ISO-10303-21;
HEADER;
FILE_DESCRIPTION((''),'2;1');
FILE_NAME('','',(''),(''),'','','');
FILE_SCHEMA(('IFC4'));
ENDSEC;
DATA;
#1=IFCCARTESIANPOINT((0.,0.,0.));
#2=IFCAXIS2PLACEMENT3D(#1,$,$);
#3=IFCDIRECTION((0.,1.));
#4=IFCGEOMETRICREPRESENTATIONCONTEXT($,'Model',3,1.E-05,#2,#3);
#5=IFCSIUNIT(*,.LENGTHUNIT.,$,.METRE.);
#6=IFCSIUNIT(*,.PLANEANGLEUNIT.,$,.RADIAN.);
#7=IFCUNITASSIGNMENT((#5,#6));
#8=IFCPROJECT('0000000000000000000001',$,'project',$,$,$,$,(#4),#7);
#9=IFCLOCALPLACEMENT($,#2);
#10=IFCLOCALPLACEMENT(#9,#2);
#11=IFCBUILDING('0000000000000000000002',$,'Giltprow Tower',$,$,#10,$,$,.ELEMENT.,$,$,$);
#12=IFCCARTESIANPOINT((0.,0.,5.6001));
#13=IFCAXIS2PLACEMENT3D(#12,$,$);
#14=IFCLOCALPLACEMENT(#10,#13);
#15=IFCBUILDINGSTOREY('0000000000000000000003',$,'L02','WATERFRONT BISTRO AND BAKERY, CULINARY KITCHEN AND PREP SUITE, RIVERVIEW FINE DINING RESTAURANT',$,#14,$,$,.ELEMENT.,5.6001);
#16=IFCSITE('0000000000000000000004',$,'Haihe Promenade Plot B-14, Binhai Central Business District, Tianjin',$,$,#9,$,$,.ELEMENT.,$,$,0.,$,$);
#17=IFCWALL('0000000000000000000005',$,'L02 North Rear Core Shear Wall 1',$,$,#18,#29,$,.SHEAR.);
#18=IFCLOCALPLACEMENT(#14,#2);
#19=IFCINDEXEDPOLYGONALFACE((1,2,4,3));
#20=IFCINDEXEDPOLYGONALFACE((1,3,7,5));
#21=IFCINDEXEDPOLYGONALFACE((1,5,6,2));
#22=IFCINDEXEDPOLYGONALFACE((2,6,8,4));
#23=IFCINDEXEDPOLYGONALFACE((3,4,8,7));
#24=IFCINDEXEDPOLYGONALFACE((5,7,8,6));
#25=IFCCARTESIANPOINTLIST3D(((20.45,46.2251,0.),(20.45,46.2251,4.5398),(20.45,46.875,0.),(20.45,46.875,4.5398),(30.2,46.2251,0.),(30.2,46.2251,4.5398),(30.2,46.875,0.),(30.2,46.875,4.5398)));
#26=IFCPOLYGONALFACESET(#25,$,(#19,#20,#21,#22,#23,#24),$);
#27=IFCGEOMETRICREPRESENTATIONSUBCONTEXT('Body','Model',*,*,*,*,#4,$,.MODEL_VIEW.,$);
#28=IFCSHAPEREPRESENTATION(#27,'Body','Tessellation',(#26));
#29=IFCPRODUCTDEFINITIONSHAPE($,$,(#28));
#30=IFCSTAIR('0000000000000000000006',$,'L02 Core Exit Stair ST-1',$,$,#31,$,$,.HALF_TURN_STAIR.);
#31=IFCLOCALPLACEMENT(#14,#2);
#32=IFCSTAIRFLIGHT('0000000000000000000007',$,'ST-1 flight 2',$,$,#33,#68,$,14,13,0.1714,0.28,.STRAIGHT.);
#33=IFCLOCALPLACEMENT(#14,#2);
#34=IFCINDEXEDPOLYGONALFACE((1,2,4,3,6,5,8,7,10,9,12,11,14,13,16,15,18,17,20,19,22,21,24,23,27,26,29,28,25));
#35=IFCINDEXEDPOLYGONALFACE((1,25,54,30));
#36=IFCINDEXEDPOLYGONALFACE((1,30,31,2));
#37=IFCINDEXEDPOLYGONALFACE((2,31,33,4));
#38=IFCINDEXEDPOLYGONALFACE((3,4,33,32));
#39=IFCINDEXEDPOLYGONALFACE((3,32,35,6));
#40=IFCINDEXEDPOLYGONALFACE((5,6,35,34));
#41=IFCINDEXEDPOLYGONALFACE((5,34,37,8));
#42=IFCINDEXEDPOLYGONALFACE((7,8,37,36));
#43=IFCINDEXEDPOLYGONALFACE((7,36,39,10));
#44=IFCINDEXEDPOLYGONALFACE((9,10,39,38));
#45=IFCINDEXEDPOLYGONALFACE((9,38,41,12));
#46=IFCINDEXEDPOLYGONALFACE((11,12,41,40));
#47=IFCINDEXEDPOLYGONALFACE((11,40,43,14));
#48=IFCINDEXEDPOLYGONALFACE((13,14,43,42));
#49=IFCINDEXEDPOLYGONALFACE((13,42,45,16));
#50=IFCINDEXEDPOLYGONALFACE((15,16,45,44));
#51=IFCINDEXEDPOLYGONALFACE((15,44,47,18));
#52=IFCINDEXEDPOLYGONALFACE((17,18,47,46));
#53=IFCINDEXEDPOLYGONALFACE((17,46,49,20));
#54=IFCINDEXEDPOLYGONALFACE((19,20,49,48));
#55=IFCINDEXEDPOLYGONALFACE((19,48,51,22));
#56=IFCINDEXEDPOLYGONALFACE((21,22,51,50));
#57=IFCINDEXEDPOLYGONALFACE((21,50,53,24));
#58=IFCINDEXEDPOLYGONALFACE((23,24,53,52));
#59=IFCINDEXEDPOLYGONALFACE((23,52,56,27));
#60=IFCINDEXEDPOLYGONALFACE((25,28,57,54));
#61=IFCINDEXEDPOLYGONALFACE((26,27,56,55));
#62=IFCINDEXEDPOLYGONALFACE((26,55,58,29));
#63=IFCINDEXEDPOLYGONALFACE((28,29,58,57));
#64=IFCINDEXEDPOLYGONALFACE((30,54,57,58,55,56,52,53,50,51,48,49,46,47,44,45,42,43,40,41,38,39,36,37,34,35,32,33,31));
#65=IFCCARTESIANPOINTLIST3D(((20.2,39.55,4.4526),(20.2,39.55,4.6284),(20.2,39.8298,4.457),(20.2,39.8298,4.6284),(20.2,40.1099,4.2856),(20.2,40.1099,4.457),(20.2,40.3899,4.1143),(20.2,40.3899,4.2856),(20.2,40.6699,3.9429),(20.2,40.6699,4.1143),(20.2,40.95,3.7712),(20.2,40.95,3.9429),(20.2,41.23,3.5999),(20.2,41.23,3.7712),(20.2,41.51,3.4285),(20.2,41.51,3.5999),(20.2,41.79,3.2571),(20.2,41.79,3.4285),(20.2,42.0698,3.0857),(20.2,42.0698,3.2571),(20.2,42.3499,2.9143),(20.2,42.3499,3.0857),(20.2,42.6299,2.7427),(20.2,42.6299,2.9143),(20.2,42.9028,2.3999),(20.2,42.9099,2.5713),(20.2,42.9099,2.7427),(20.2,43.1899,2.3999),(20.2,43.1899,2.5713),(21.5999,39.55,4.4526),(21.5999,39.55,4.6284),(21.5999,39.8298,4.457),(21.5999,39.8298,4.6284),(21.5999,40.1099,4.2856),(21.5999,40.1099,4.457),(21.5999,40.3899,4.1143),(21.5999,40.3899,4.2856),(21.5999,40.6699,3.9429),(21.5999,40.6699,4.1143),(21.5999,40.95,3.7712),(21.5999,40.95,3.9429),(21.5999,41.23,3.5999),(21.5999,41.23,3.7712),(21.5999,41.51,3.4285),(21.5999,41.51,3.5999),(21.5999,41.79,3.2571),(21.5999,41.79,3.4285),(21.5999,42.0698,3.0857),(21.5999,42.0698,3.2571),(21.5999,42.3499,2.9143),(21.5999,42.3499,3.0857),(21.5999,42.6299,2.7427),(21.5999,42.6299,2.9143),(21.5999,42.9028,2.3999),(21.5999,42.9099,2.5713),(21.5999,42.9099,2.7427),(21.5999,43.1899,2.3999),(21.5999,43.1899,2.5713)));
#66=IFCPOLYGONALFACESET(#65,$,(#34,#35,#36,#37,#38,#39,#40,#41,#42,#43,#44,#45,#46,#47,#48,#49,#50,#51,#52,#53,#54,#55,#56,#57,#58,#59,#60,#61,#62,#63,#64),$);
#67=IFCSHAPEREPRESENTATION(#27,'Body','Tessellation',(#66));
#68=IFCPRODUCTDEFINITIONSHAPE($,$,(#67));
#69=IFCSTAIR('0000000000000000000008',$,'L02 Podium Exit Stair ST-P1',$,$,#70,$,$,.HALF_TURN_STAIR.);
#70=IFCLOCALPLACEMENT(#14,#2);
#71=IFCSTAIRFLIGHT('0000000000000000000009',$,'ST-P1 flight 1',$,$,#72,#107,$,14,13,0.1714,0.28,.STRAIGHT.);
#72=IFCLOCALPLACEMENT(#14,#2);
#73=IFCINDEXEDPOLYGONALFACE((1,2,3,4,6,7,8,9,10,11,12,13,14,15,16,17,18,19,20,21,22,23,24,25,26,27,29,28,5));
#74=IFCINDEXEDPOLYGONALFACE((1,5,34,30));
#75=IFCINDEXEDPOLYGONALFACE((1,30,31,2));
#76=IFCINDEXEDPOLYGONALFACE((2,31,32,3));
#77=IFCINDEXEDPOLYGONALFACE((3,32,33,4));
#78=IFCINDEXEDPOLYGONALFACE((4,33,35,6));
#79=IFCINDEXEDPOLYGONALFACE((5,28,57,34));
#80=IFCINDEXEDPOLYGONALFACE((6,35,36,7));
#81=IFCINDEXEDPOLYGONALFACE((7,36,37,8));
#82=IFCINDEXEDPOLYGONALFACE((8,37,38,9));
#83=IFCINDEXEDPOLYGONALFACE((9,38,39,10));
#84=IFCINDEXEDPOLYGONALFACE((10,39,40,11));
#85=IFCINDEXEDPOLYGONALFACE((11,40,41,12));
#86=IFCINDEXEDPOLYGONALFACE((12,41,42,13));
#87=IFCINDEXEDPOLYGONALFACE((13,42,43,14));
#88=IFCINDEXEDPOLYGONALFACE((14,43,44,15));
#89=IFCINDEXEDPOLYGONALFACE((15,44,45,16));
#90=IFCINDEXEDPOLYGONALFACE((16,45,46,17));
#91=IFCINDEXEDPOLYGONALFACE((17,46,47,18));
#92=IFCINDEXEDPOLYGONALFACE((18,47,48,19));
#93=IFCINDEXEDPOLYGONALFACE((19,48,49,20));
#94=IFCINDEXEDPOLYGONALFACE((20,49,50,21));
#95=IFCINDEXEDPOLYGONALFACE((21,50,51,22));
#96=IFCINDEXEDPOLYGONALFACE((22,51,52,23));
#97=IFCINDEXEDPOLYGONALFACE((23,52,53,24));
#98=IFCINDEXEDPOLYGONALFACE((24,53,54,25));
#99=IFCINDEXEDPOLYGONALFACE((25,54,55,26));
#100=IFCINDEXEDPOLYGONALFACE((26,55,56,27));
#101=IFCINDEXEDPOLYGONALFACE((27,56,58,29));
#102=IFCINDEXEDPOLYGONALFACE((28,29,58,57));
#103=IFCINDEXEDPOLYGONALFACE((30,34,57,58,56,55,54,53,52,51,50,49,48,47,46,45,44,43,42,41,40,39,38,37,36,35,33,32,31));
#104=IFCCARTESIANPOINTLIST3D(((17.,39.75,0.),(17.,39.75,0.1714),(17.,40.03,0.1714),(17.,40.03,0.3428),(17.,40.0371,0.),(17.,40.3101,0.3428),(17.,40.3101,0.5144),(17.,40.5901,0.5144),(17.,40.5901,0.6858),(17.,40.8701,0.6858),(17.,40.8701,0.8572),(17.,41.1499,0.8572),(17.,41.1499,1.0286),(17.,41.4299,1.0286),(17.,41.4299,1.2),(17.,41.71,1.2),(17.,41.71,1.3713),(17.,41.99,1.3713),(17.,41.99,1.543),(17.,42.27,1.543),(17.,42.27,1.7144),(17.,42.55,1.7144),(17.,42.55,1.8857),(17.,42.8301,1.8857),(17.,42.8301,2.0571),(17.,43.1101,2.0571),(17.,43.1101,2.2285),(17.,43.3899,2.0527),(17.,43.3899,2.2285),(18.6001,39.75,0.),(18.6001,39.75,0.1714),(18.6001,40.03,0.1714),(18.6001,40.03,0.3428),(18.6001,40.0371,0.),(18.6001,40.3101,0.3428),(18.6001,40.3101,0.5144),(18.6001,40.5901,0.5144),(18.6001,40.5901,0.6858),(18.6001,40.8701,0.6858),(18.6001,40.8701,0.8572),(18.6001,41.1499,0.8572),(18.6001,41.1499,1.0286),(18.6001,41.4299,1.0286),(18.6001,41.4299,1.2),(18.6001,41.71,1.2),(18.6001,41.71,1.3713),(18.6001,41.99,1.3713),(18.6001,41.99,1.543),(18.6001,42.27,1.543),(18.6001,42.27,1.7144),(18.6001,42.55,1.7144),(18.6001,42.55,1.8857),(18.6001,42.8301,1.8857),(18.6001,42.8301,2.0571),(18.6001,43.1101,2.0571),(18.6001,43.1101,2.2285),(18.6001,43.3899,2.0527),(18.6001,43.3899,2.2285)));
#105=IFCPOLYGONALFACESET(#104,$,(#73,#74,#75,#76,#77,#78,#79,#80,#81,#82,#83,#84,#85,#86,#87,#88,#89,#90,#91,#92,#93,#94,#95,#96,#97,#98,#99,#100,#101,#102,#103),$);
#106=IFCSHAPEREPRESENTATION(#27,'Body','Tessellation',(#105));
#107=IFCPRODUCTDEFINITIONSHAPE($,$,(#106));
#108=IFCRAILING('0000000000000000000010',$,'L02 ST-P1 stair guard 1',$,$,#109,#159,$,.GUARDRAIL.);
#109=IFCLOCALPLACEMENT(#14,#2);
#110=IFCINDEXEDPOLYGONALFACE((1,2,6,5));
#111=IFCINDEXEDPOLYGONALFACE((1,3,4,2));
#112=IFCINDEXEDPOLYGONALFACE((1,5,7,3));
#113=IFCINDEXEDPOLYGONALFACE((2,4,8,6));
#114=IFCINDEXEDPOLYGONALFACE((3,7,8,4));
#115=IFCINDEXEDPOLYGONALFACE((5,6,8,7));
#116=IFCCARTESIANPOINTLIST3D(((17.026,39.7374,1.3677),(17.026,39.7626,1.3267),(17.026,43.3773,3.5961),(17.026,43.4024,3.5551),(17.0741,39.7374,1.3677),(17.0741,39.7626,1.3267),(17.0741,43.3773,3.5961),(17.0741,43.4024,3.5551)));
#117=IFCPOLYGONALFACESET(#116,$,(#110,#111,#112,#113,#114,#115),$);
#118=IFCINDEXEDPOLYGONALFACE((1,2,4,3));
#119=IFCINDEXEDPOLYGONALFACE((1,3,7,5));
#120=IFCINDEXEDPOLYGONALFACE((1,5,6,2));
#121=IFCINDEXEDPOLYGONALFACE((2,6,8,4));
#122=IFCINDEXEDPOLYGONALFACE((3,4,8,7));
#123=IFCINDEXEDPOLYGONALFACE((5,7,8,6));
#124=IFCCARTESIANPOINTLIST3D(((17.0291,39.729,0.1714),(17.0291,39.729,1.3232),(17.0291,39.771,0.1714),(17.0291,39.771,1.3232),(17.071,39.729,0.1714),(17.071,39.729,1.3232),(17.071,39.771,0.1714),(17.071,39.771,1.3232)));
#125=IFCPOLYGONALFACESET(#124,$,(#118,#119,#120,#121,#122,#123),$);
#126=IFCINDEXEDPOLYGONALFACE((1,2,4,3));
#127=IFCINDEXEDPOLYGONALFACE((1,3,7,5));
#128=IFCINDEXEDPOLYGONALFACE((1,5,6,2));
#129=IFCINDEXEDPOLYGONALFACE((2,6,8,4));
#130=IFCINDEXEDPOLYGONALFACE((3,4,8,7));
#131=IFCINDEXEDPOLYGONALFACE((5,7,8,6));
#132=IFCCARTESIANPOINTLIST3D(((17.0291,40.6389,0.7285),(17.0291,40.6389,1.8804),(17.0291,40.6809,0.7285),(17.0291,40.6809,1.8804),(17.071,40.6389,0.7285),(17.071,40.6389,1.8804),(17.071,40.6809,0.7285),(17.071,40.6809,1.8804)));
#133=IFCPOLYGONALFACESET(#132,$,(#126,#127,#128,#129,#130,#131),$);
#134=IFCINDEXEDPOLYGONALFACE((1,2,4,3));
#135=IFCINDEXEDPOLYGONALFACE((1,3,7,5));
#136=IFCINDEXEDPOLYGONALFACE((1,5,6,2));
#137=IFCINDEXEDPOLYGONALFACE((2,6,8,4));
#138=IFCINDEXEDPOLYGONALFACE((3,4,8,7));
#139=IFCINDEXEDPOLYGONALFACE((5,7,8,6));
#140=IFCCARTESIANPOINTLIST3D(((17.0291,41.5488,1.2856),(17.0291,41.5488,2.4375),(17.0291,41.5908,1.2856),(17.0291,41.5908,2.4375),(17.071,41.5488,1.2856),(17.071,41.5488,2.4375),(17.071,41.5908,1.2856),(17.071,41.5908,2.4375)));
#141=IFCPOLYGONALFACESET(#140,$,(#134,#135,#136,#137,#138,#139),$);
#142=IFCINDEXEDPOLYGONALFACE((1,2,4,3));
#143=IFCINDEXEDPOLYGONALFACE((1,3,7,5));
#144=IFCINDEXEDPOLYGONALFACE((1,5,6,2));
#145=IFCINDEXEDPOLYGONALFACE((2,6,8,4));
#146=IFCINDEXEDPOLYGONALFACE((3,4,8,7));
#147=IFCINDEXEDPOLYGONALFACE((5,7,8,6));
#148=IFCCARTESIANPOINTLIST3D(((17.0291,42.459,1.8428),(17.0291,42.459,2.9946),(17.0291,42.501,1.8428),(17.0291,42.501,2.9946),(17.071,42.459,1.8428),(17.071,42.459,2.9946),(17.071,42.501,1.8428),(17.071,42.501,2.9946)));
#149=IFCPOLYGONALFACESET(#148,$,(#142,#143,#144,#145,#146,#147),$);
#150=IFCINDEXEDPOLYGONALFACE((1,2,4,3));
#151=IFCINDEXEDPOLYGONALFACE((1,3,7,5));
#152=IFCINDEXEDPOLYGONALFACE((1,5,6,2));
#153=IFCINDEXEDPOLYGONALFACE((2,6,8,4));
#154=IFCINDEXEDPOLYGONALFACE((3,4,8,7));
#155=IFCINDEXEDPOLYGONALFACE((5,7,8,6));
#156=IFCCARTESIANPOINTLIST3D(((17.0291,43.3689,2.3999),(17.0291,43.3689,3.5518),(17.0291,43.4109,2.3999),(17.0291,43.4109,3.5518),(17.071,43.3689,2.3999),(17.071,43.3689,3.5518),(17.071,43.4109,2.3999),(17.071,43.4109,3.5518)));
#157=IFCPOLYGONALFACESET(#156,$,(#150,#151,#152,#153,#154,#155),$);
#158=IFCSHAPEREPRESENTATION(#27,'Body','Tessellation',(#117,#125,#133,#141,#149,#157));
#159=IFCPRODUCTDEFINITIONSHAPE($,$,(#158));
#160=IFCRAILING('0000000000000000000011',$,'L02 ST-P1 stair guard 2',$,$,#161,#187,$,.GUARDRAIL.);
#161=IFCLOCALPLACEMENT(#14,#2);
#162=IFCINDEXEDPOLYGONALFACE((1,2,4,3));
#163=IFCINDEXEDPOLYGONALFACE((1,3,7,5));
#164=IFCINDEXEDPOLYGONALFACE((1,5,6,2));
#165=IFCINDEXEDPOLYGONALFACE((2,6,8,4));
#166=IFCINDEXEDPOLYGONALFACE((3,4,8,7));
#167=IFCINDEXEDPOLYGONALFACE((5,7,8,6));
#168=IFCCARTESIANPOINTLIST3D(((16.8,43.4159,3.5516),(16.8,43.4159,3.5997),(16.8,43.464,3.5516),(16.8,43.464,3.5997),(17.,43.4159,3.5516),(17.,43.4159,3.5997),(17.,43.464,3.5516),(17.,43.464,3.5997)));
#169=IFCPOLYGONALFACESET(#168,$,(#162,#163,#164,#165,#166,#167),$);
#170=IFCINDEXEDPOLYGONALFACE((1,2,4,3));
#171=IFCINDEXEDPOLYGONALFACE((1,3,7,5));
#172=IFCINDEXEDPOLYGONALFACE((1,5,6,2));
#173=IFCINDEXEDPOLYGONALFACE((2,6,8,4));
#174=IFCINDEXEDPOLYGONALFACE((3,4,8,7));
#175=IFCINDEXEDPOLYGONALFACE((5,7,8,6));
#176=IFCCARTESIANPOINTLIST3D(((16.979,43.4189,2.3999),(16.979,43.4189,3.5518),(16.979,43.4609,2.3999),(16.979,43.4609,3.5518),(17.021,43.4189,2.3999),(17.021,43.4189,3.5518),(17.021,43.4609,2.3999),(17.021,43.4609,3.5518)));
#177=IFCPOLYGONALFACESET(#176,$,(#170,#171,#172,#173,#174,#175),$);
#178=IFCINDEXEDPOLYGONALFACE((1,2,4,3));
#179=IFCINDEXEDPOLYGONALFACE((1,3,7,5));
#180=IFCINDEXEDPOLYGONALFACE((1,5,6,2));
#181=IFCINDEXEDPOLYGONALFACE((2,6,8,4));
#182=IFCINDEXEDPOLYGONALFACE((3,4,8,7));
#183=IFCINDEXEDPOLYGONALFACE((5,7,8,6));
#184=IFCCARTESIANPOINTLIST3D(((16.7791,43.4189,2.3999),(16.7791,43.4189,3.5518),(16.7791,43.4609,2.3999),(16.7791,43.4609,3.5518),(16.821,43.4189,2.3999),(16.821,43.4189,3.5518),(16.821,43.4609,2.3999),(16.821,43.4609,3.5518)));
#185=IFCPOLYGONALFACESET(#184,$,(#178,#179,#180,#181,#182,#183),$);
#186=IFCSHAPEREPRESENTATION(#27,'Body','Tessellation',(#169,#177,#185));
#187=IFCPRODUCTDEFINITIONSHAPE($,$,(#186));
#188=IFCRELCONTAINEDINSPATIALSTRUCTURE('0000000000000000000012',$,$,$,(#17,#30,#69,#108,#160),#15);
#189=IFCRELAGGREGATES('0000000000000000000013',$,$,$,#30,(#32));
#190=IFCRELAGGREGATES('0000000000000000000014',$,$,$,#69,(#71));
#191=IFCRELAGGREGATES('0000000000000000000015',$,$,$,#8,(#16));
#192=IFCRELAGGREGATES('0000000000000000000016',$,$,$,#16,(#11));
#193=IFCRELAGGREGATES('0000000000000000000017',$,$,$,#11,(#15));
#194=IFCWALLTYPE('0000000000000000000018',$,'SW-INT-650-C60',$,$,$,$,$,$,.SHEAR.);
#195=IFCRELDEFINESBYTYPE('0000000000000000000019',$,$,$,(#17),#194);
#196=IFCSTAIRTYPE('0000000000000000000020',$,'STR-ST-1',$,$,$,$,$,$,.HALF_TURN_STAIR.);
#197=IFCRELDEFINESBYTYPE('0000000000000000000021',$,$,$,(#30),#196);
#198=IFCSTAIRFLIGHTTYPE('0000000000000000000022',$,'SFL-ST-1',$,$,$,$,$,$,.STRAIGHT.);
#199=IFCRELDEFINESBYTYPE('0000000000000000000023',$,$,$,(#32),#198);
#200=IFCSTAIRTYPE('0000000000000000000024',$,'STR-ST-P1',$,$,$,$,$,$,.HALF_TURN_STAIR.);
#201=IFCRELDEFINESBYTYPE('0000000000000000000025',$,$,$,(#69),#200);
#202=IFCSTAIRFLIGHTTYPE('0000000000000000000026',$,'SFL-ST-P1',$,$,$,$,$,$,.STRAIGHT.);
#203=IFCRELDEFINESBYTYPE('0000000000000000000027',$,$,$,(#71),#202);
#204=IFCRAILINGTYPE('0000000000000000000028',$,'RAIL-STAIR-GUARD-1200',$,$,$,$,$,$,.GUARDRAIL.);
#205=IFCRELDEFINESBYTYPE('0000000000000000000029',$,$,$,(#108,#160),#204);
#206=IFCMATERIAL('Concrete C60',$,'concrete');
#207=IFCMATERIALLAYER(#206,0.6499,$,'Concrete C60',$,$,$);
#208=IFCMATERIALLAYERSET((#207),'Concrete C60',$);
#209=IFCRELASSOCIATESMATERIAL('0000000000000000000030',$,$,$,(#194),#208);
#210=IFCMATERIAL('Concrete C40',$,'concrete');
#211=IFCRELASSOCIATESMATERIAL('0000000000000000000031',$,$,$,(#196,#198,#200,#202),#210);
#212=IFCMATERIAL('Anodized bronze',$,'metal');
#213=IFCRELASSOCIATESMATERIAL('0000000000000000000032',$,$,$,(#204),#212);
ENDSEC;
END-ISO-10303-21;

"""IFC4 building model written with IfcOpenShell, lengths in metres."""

from ifc_helpers import new_model, si_unit, direction, frame, frame_2d, origin, origin_2d, place, context, subcontext, project, spatial, polyline, rectangle, outline, extrude, material, layer, layer_set, type_object, element, aggregate, save


model = new_model("IFC4")

# Units and contexts
model_context = context("Model", 3, precision=1e-05, world=origin(), true_north=direction((0.0, 1.0)))
body_context = subcontext(model_context, "Body", "Model", "MODEL_VIEW")
ifc_project = project(units=[si_unit("LENGTHUNIT", "METRE"), si_unit("PLANEANGLEUNIT", "RADIAN")], contexts=[model_context])

# Site, building, storey
site_placement = place(None, origin())
site = spatial("IfcSite", under=ifc_project, at=site_placement, Name="Haihe Promenade Plot B-14, Binhai Central Business District, Tianjin", CompositionType="ELEMENT", RefElevation=0.0)
building_placement = place(site_placement, origin())
building = spatial("IfcBuilding", under=site, at=building_placement, Name="Giltprow Tower", CompositionType="ELEMENT")
storey_placement = place(building_placement, frame((0.0, 0.0, 5.6001)))
storey = spatial("IfcBuildingStorey", under=building, at=storey_placement, Name="L02", Description="WATERFRONT BISTRO AND BAKERY, CULINARY KITCHEN AND PREP SUITE, RIVERVIEW FINE DINING RESTAURANT", CompositionType="ELEMENT", Elevation=5.6001)

# Shared definitions
ifc_material_1 = material(Name="Concrete C60", Category="concrete")

# Wall
ifc_material_2 = material(Name="Concrete C40", Category="concrete")
ifc_layer_1 = layer(ifc_material_1, 0.6499, Name="Concrete C60")
ifc_layer_set_1 = layer_set([ifc_layer_1], Name="Concrete C60")
wall_type_1 = type_object("IfcWallType", Name="SW-INT-650-C60", PredefinedType="SHEAR", material=ifc_layer_set_1)
wall_1_placement = place(storey_placement, frame((20.45, 46.55, 0.0), z_axis=(0.0, 0.0, 1.0), x_axis=(1.0, 0.0, 0.0)))
element("IfcWall", 1, at=wall_1_placement, inside=storey, type_object=wall_type_1, Name="L02 North Rear Core Shear Wall 1", PredefinedType="SHEAR", context=body_context, shape_type="SweptSolid", body=[
    extrude(rectangle(XDim=9.75, YDim=0.6499, at=frame_2d((4.875, 0.0))), origin(), (0.0, 0.0, 1.0), 4.5398),
])

# Stairs, stair flights
stair_type_1 = type_object("IfcStairType", Name="STR-ST-1", PredefinedType="HALF_TURN_STAIR", material=ifc_material_2)
stair_1_placement = place(storey_placement, origin())
stair_1 = element("IfcStair", 2, at=stair_1_placement, inside=storey, type_object=stair_type_1, Name="L02 Core Exit Stair ST-1", PredefinedType="HALF_TURN_STAIR")
stair_flight_type_1 = type_object("IfcStairFlightType", Name="SFL-ST-1", PredefinedType="STRAIGHT", material=ifc_material_2)
stair_flight_1_placement = place(storey_placement, frame((20.8999, 43.1899, 2.3999), z_axis=(0.0, 0.0, 1.0), x_axis=(0.0, -1.0, 0.0)))
stair_flight_1 = element("IfcStairFlight", 3, at=stair_flight_1_placement, type_object=stair_flight_type_1, Name="ST-1 flight 2", NumberOfRisers=14, NumberOfTreads=13, PredefinedType="STRAIGHT", RiserHeight=0.1714, TreadLength=0.28, context=body_context, shape_type="SweptSolid", body=[
    extrude(outline(polyline([(0.0, 0.0), (0.0, 0.1714), (0.28, 0.1714), (0.28, 0.3428), (0.5601, 0.3428), (0.5601, 0.5144), (0.8401, 0.5144), (0.8401, 0.6858), (1.1201, 0.6858), (1.1201, 0.8572), (1.3999, 0.8572), (1.3999, 1.0286), (1.6799, 1.0286), (1.6799, 1.2), (1.96, 1.2), (1.96, 1.3713), (2.24, 1.3713), (2.24, 1.543), (2.52, 1.543), (2.52, 1.7144), (2.8, 1.7144), (2.8, 1.8857), (3.0801, 1.8857), (3.0801, 2.0571), (3.3601, 2.0571), (3.3601, 2.2285), (3.6399, 2.2285), (3.6399, 2.3999), (3.6399, 2.0527), (0.2871, 0.0), (0.0, 0.0)])), frame((0.0, 0.7, 0.0), z_axis=(0.0, -1.0, 0.0), x_axis=(1.0, 0.0, 0.0)), (0.0, 0.0, 1.0), 1.3999),
])
aggregate(stair_1, [stair_flight_1])
stair_type_2 = type_object("IfcStairType", Name="STR-ST-P1", PredefinedType="HALF_TURN_STAIR", material=ifc_material_2)
stair_2_placement = place(storey_placement, origin())
stair_2 = element("IfcStair", 4, at=stair_2_placement, inside=storey, type_object=stair_type_2, Name="L02 Podium Exit Stair ST-P1", PredefinedType="HALF_TURN_STAIR")
stair_flight_type_2 = type_object("IfcStairFlightType", Name="SFL-ST-P1", PredefinedType="STRAIGHT", material=ifc_material_2)
stair_flight_2_placement = place(storey_placement, frame((17.8, 39.75, 0.0), z_axis=(0.0, 0.0, 1.0), x_axis=(0.0, 1.0, 0.0)))
stair_flight_2 = element("IfcStairFlight", 5, at=stair_flight_2_placement, type_object=stair_flight_type_2, Name="ST-P1 flight 1", NumberOfRisers=14, NumberOfTreads=13, PredefinedType="STRAIGHT", RiserHeight=0.1714, TreadLength=0.28, context=body_context, shape_type="SweptSolid", body=[
    extrude(outline(polyline([(0.0, 0.0), (0.0, 0.1714), (0.28, 0.1714), (0.28, 0.3428), (0.5601, 0.3428), (0.5601, 0.5144), (0.8401, 0.5144), (0.8401, 0.6858), (1.1201, 0.6858), (1.1201, 0.8572), (1.3999, 0.8572), (1.3999, 1.0286), (1.6799, 1.0286), (1.6799, 1.2), (1.96, 1.2), (1.96, 1.3713), (2.24, 1.3713), (2.24, 1.543), (2.52, 1.543), (2.52, 1.7144), (2.8, 1.7144), (2.8, 1.8857), (3.0801, 1.8857), (3.0801, 2.0571), (3.3601, 2.0571), (3.3601, 2.2285), (3.6399, 2.2285), (3.6399, 2.3999), (3.6399, 2.0527), (0.2871, 0.0), (0.0, 0.0)])), frame((0.0, 0.8, 0.0), z_axis=(0.0, -1.0, 0.0), x_axis=(1.0, 0.0, 0.0)), (0.0, 0.0, 1.0), 1.6001),
])
aggregate(stair_2, [stair_flight_2])

# Railings
ifc_material_3 = material(Name="Anodized bronze", Category="metal")
railing_type_1 = type_object("IfcRailingType", Name="RAIL-STAIR-GUARD-1200", PredefinedType="GUARDRAIL", material=ifc_material_3)
railing_1_placement = place(storey_placement, frame((17.05, 39.75, 0.1714)))
element("IfcRailing", 6, at=railing_1_placement, inside=storey, type_object=railing_type_1, Name="L02 ST-P1 stair guard 1", PredefinedType="GUARDRAIL", context=body_context, shape_type="SweptSolid", body=[
    extrude(rectangle(XDim=0.0481, YDim=0.0481, at=origin_2d()), frame((0.0, 0.0, 1.1758), z_axis=(0.0, 0.85285, 0.522156), x_axis=(-1.0, 0.0, 0.0)), (0.0, 0.0, 1.0), 4.2678),
    extrude(rectangle(XDim=0.042, YDim=0.042, at=origin_2d()), origin(), (0.0, 0.0, 1.0), 1.1519),
    extrude(rectangle(XDim=0.042, YDim=0.042, at=origin_2d()), frame((0.0, 0.9099, 0.5571)), (0.0, 0.0, 1.0), 1.1519),
    extrude(rectangle(XDim=0.042, YDim=0.042, at=origin_2d()), frame((0.0, 1.8198, 1.1143)), (0.0, 0.0, 1.0), 1.1519),
    extrude(rectangle(XDim=0.042, YDim=0.042, at=origin_2d()), frame((0.0, 2.73, 1.6714)), (0.0, 0.0, 1.0), 1.1519),
    extrude(rectangle(XDim=0.042, YDim=0.042, at=origin_2d()), frame((0.0, 3.6399, 2.2285)), (0.0, 0.0, 1.0), 1.1519),
])
for number, where, name in (
    (7, (17.0, 43.4399, 2.3999), "L02 ST-P1 stair guard 2"),
):
    element("IfcRailing", number, at=place(storey_placement, frame(where)), inside=storey, type_object=railing_type_1, Name=name, PredefinedType="GUARDRAIL", context=body_context, shape_type="SweptSolid", body=[
        extrude(rectangle(XDim=0.0481, YDim=0.0481, at=origin_2d()), frame((0.0, 0.0, 1.1758), z_axis=(-1.0, 0.0, 0.0), x_axis=(0.0, -1.0, 0.0)), (0.0, 0.0, 1.0), 0.2),
        extrude(rectangle(XDim=0.042, YDim=0.042, at=origin_2d()), origin(), (0.0, 0.0, 1.0), 1.1519),
        extrude(rectangle(XDim=0.042, YDim=0.042, at=origin_2d()), frame((-0.2, 0.0, 0.0)), (0.0, 0.0, 1.0), 1.1519),
    ])

save(model, "model.ifc")
